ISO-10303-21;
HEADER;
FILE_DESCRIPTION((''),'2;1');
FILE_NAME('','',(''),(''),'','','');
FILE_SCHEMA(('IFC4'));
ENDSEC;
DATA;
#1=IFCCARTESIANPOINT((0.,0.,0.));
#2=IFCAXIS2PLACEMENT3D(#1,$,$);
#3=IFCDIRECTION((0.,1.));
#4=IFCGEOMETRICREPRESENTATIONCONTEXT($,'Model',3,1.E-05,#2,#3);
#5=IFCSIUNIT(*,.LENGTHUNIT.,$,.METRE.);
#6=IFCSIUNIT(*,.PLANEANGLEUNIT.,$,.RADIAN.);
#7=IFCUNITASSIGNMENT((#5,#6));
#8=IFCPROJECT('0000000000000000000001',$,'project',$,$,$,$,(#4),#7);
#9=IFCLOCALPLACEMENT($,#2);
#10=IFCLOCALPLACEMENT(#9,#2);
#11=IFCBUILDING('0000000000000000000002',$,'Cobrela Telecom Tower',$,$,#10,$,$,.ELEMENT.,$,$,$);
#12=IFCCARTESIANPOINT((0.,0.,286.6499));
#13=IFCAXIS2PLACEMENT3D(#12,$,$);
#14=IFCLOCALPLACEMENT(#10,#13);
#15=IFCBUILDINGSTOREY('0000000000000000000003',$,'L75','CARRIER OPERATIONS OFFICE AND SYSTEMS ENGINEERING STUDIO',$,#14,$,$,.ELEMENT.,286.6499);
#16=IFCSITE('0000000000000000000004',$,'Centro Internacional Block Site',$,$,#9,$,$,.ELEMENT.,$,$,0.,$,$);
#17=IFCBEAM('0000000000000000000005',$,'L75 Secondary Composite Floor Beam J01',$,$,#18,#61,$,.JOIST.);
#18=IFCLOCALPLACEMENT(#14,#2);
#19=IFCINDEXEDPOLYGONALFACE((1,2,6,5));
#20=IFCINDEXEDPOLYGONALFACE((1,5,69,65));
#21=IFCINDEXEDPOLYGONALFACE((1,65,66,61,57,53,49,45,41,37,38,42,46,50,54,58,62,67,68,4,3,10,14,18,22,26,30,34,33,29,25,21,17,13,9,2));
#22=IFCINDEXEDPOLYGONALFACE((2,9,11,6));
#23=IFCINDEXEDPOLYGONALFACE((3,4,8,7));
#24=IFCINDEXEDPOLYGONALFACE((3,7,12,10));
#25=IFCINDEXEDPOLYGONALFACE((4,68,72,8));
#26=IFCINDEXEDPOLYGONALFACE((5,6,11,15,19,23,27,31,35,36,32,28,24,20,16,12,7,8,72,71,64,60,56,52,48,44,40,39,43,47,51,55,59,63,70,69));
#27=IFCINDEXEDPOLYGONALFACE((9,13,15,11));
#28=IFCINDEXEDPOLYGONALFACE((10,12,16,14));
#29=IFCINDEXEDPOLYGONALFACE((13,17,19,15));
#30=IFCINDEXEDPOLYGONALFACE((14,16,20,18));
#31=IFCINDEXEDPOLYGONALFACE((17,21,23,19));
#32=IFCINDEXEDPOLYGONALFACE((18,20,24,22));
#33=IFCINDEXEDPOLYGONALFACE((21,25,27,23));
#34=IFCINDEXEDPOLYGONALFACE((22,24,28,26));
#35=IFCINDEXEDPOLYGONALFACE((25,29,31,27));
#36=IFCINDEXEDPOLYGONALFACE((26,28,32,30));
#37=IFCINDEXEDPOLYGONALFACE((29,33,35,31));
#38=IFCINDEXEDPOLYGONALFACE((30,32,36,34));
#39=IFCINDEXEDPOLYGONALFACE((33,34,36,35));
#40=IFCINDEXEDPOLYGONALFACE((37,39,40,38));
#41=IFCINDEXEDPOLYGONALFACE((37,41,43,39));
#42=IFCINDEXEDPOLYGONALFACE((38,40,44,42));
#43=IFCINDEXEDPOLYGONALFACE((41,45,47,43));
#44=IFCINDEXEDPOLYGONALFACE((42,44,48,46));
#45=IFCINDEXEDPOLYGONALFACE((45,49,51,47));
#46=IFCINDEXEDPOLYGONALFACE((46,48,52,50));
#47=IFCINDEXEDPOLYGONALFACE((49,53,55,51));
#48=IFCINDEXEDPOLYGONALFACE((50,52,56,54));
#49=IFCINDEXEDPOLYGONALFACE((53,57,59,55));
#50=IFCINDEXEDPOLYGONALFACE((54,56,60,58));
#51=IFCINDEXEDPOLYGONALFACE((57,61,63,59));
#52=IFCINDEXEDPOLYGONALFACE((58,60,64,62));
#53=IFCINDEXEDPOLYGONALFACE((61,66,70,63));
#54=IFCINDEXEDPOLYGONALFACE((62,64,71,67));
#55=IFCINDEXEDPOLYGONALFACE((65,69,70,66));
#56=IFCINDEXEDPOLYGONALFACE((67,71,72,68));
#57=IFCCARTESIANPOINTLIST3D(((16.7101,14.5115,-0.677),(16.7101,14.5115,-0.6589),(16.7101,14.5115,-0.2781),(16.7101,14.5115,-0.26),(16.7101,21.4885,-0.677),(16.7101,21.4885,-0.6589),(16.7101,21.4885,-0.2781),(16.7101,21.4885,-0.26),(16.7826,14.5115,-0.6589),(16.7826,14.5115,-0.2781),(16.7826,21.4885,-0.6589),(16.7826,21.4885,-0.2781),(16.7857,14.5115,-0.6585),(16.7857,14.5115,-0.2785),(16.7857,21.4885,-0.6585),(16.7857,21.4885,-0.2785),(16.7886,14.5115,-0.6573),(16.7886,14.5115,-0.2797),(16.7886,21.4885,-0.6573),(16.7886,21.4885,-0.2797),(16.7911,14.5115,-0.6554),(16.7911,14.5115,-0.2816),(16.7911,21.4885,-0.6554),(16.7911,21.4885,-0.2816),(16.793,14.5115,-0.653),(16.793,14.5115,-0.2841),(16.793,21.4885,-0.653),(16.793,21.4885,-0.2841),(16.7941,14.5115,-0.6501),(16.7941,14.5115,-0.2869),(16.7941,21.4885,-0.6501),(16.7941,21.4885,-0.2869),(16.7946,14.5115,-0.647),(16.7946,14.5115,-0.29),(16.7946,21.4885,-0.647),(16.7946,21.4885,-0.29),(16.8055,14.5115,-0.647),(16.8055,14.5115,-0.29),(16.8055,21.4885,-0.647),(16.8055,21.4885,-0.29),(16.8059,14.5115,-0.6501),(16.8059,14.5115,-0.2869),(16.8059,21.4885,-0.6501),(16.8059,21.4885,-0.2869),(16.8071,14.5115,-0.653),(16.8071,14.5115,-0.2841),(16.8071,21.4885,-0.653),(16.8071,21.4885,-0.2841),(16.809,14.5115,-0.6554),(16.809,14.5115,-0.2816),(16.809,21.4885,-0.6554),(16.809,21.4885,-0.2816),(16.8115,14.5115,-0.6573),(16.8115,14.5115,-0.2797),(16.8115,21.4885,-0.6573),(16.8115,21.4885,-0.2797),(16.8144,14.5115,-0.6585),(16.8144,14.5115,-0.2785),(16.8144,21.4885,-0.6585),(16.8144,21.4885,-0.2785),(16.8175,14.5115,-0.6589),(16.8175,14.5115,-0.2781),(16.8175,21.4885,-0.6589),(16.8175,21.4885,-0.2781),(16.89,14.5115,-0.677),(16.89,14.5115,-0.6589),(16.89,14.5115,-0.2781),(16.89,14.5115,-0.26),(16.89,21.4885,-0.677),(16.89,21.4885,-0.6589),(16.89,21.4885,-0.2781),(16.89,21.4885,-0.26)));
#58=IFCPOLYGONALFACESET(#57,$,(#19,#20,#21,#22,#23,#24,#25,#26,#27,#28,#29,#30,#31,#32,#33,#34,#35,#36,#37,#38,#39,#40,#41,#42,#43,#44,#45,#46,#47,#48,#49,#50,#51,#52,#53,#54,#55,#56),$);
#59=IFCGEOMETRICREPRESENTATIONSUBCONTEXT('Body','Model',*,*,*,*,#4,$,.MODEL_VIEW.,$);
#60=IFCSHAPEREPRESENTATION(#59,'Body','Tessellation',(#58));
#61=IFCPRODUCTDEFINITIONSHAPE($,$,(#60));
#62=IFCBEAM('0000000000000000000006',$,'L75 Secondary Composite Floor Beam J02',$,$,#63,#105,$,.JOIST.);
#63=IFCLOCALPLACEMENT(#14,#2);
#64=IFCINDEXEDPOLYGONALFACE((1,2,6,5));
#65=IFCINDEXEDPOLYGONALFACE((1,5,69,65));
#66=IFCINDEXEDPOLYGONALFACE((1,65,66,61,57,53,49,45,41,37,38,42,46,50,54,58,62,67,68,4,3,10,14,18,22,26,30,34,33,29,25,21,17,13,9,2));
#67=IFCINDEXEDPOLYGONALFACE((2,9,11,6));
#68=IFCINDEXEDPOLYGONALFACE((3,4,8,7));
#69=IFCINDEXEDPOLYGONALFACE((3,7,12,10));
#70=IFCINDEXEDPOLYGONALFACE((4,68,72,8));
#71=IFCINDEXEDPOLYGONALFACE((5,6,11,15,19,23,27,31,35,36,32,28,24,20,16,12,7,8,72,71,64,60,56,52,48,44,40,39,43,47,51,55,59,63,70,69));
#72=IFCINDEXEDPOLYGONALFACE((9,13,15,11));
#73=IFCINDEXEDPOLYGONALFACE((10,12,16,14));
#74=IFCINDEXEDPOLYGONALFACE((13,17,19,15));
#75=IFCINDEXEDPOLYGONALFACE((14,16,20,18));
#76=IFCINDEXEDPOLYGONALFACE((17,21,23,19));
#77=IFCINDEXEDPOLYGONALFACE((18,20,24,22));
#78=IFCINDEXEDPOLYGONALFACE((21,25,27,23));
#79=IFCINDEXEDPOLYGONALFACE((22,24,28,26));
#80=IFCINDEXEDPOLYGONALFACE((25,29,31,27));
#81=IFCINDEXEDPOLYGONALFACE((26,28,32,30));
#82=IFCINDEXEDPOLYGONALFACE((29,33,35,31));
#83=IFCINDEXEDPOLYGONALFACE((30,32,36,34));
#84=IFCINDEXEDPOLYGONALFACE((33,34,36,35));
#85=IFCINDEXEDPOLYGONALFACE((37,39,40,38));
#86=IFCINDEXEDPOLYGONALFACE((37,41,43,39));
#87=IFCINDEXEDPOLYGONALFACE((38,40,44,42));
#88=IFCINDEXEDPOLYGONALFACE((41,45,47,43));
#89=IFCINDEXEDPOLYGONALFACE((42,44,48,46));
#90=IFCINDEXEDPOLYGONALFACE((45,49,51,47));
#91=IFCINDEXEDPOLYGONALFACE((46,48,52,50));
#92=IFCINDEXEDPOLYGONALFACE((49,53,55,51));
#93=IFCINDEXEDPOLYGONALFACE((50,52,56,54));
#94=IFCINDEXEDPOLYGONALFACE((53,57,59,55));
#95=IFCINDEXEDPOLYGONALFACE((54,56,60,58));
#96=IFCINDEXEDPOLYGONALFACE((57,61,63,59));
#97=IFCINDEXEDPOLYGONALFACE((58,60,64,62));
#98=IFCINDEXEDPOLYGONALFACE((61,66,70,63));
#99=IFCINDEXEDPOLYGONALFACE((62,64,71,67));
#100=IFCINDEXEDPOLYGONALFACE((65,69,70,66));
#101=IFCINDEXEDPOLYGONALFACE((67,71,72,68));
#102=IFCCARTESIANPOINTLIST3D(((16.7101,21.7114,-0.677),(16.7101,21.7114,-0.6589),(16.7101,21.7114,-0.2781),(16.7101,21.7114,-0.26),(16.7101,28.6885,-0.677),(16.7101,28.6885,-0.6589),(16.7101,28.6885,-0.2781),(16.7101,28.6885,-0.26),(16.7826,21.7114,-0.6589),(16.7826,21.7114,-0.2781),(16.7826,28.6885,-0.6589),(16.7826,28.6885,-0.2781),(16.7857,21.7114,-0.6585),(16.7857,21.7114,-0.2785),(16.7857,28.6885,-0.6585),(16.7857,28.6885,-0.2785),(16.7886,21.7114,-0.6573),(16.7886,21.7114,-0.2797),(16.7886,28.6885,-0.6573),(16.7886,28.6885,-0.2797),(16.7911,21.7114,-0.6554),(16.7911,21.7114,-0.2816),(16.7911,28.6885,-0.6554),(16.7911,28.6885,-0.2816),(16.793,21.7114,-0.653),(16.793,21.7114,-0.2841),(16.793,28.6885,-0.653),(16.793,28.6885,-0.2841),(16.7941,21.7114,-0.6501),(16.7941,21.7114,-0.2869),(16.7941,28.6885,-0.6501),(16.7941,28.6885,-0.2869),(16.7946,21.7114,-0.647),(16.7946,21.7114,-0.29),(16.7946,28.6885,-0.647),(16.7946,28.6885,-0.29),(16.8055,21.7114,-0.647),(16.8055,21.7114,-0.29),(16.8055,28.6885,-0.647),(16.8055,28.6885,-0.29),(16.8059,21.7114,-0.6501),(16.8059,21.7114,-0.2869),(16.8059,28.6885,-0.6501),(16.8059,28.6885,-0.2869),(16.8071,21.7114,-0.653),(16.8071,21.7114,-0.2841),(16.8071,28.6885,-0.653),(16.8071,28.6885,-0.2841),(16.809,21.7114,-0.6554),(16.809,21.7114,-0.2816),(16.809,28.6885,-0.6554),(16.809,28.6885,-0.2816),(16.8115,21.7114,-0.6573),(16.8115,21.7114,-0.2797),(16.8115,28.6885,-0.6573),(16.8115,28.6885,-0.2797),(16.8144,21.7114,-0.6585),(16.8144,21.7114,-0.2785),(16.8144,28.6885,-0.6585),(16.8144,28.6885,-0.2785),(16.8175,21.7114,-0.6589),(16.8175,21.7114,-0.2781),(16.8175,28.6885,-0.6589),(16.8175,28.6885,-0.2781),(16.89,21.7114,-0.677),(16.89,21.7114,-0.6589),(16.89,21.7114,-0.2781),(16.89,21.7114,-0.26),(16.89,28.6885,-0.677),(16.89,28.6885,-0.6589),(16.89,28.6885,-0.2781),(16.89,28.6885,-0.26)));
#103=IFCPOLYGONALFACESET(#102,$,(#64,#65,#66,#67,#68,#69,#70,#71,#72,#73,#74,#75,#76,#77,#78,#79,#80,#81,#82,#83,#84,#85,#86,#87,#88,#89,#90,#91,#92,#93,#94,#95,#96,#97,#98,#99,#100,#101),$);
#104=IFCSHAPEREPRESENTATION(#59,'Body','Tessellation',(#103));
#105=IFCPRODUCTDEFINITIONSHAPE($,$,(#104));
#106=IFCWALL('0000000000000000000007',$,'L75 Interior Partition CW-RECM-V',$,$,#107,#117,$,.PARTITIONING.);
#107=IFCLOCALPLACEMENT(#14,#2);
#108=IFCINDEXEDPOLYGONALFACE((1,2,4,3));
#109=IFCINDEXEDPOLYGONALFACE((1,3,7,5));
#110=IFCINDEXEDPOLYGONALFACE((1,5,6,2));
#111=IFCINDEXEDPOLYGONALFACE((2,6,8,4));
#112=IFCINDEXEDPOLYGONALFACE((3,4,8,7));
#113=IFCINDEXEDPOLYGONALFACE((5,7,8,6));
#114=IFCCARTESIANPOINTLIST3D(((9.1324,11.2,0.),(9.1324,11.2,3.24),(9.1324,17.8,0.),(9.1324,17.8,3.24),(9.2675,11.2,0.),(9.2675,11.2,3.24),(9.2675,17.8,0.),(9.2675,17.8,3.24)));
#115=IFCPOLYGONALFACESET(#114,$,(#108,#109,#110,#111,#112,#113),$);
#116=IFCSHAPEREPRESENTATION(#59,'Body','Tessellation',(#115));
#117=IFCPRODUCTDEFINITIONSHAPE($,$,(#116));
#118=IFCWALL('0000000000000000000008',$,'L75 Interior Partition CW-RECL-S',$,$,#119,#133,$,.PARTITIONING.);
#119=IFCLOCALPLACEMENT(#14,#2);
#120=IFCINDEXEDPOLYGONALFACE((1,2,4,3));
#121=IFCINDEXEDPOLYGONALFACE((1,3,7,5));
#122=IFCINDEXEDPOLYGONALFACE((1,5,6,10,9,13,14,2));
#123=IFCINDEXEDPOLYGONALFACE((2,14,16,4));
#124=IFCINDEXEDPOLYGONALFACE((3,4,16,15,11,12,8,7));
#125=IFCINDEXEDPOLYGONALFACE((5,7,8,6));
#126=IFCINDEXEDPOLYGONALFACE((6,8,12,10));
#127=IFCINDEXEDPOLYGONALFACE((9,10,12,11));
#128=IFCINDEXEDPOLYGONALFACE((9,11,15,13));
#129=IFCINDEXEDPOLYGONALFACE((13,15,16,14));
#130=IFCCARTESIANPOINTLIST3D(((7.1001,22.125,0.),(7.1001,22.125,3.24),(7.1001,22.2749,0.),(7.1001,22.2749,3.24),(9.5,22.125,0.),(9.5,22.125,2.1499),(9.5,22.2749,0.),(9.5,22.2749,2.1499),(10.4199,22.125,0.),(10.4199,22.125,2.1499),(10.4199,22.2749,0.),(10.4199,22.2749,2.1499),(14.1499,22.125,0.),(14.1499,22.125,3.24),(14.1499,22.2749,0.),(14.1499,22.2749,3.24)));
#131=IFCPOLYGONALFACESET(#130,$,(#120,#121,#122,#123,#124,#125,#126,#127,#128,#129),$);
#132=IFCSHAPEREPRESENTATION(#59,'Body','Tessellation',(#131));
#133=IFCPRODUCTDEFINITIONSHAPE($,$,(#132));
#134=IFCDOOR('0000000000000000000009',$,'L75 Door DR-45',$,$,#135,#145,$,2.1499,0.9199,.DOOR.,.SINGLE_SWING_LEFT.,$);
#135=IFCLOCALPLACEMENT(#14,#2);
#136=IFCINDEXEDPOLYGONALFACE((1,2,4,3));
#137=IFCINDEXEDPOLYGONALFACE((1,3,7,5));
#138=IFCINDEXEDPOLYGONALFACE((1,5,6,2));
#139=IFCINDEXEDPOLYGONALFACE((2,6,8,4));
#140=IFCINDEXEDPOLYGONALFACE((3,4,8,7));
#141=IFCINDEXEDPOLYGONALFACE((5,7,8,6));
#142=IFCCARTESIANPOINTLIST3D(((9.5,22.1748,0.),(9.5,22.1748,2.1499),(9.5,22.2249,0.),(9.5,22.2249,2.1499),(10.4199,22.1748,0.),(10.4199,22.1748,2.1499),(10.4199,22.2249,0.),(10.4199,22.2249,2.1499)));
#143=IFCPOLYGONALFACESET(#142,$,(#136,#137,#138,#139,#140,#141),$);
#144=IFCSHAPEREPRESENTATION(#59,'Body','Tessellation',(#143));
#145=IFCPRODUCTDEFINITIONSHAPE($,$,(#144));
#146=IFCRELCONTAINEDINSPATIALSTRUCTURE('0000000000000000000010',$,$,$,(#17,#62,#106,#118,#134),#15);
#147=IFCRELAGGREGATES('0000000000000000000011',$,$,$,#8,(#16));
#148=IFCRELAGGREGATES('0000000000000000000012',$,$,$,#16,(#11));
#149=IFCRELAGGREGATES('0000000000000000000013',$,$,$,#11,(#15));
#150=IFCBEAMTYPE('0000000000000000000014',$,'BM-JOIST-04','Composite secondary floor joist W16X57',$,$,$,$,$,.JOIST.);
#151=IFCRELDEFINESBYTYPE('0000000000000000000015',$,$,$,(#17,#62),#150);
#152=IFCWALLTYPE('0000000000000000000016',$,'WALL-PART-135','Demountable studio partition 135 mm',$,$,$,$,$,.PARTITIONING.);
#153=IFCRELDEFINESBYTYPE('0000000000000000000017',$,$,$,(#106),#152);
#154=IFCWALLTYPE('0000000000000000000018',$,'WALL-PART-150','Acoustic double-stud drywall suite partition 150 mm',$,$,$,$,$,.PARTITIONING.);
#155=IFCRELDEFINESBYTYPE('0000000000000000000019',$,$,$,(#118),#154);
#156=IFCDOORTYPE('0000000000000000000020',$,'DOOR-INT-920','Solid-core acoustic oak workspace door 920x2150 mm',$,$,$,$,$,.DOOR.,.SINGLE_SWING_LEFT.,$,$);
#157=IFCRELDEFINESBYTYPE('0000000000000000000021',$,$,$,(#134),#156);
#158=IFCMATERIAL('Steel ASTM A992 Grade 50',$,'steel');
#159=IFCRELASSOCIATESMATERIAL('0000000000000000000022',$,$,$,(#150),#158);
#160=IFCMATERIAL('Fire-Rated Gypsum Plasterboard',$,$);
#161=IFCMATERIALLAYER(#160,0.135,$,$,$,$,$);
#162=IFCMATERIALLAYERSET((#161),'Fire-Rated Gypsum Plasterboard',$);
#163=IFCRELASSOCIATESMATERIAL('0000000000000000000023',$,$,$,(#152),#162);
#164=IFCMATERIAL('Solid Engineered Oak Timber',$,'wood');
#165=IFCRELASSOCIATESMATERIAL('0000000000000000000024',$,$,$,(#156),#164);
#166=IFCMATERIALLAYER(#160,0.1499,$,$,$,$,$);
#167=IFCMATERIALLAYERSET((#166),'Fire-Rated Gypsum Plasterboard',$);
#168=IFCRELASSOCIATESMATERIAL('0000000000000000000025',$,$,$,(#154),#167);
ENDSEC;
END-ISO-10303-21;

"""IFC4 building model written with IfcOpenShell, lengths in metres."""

from ifc_helpers import new_model, si_unit, direction, frame, frame_2d, origin, origin_2d, place, context, subcontext, project, spatial, rectangle, i_section, extrude, material, layer, layer_set, material_profile, profile_set, type_object, element, fill, save


model = new_model("IFC4")

# Units and contexts
model_context = context("Model", 3, precision=1e-05, world=origin(), true_north=direction((0.0, 1.0)))
body_context = subcontext(model_context, "Body", "Model", "MODEL_VIEW")
ifc_project = project(units=[si_unit("LENGTHUNIT", "METRE"), si_unit("PLANEANGLEUNIT", "RADIAN")], contexts=[model_context])

# Site, building, storey
site_placement = place(None, origin())
site = spatial("IfcSite", under=ifc_project, at=site_placement, Name="Centro Internacional Block Site", CompositionType="ELEMENT", RefElevation=0.0)
building_placement = place(site_placement, origin())
building = spatial("IfcBuilding", under=site, at=building_placement, Name="Cobrela Telecom Tower", CompositionType="ELEMENT")
storey_placement = place(building_placement, frame((0.0, 0.0, 286.6499)))
storey = spatial("IfcBuildingStorey", under=building, at=storey_placement, Name="L75", Description="CARRIER OPERATIONS OFFICE AND SYSTEMS ENGINEERING STUDIO", CompositionType="ELEMENT", Elevation=286.6499)

# Beams
ifc_material_1 = material(Name="Steel ASTM A992 Grade 50", Category="steel")
ifc_material_profile_1 = material_profile(ifc_material_1, i_section(OverallWidth=0.1799, OverallDepth=0.417, WebThickness=0.011, FlangeThickness=0.0181, FilletRadius=0.012, at=origin_2d()), Name="W16X57")
ifc_profile_set_1 = profile_set([ifc_material_profile_1], Name="Steel ASTM A992 Grade 50")
beam_type_1 = type_object("IfcBeamType", Name="BM-JOIST-04", Description="Composite secondary floor joist W16X57", PredefinedType="JOIST", material=ifc_profile_set_1)
for number, where, z_axis, x_axis, name in (
    (1, (16.8, 14.5115, -0.4685), (0.0, 1.0, 0.0), (-1.0, 0.0, 0.0), "L75 Secondary Composite Floor Beam J01"),
    (2, (16.8, 21.7114, -0.4685), (0.0, 1.0, 0.0), (-1.0, 0.0, 0.0), "L75 Secondary Composite Floor Beam J02"),
):
    element("IfcBeam", number, at=place(storey_placement, frame(where, z_axis=z_axis, x_axis=x_axis)), inside=storey, type_object=beam_type_1, Name=name, PredefinedType="JOIST", context=body_context, shape_type="SweptSolid", body=[
        extrude(i_section(OverallWidth=0.1799, OverallDepth=0.417, WebThickness=0.011, FlangeThickness=0.0181, FilletRadius=0.012, at=origin_2d()), origin(), (0.0, 0.0, 1.0), 6.9771),
    ])

# Wall
ifc_material_2 = material(Name="Fire-Rated Gypsum Plasterboard")
ifc_layer_1 = layer(ifc_material_2, 0.135)
ifc_layer_set_1 = layer_set([ifc_layer_1], Name="Fire-Rated Gypsum Plasterboard")
wall_type_1 = type_object("IfcWallType", Name="WALL-PART-135", Description="Demountable studio partition 135 mm", PredefinedType="PARTITIONING", material=ifc_layer_set_1)
wall_1_placement = place(storey_placement, frame((9.2, 11.2, 0.0), z_axis=(0.0, 0.0, 1.0), x_axis=(0.0, 1.0, 0.0)))
element("IfcWall", 3, at=wall_1_placement, inside=storey, type_object=wall_type_1, Name="L75 Interior Partition CW-RECM-V", PredefinedType="PARTITIONING", context=body_context, shape_type="SweptSolid", body=[
    extrude(rectangle(XDim=6.6001, YDim=0.135, at=frame_2d((3.3, 0.0))), origin(), (0.0, 0.0, 1.0), 3.24),
])

# Shared definitions
ifc_material_3 = material(Name="Solid Engineered Oak Timber", Category="wood")
door_type_1 = type_object("IfcDoorType", Name="DOOR-INT-920", Description="Solid-core acoustic oak workspace door 920x2150 mm", OperationType="SINGLE_SWING_LEFT", PredefinedType="DOOR", material=ifc_material_3)

# Wall, opening, door
ifc_layer_2 = layer(ifc_material_2, 0.1499)
ifc_layer_set_2 = layer_set([ifc_layer_2], Name="Fire-Rated Gypsum Plasterboard")
wall_type_2 = type_object("IfcWallType", Name="WALL-PART-150", Description="Acoustic double-stud drywall suite partition 150 mm", PredefinedType="PARTITIONING", material=ifc_layer_set_2)
wall_2_placement = place(storey_placement, frame((7.1001, 22.2, 0.0), z_axis=(0.0, 0.0, 1.0), x_axis=(1.0, 0.0, 0.0)))
wall_2 = element("IfcWall", 4, at=wall_2_placement, inside=storey, type_object=wall_type_2, Name="L75 Interior Partition CW-RECL-S", PredefinedType="PARTITIONING", context=body_context, shape_type="SweptSolid", body=[
    extrude(rectangle(XDim=7.0498, YDim=0.1499, at=frame_2d((3.5249, 0.0))), origin(), (0.0, 0.0, 1.0), 3.24),
])
opening_1_placement = place(wall_2_placement, frame((2.3999, 0.0, 0.0)))
opening_1 = element("IfcOpeningElement", 5, at=opening_1_placement, cuts=wall_2, PredefinedType="OPENING", context=body_context, shape_type="SweptSolid", body=[
    extrude(rectangle(XDim=0.9199, YDim=2.1499, at=frame_2d((0.46, 1.075))), frame((0.0, 0.0869, 0.0), z_axis=(0.0, -1.0, 0.0), x_axis=(1.0, 0.0, 0.0)), (0.0, 0.0, 1.0), 0.1738),
])
door_1_placement = place(opening_1_placement, origin())
door_1 = element("IfcDoor", 6, at=door_1_placement, inside=storey, type_object=door_type_1, Name="L75 Door DR-45", OperationType="SINGLE_SWING_LEFT", OverallHeight=2.1499, OverallWidth=0.9199, PredefinedType="DOOR", context=body_context, shape_type="SweptSolid", body=[
    extrude(rectangle(XDim=0.9199, YDim=2.1499, at=frame_2d((0.46, 1.075))), frame((0.0, 0.0249, 0.0), z_axis=(0.0, -1.0, 0.0), x_axis=(1.0, 0.0, 0.0)), (0.0, 0.0, 1.0), 0.05),
])
fill(opening_1, door_1)

save(model, "model.ifc")
